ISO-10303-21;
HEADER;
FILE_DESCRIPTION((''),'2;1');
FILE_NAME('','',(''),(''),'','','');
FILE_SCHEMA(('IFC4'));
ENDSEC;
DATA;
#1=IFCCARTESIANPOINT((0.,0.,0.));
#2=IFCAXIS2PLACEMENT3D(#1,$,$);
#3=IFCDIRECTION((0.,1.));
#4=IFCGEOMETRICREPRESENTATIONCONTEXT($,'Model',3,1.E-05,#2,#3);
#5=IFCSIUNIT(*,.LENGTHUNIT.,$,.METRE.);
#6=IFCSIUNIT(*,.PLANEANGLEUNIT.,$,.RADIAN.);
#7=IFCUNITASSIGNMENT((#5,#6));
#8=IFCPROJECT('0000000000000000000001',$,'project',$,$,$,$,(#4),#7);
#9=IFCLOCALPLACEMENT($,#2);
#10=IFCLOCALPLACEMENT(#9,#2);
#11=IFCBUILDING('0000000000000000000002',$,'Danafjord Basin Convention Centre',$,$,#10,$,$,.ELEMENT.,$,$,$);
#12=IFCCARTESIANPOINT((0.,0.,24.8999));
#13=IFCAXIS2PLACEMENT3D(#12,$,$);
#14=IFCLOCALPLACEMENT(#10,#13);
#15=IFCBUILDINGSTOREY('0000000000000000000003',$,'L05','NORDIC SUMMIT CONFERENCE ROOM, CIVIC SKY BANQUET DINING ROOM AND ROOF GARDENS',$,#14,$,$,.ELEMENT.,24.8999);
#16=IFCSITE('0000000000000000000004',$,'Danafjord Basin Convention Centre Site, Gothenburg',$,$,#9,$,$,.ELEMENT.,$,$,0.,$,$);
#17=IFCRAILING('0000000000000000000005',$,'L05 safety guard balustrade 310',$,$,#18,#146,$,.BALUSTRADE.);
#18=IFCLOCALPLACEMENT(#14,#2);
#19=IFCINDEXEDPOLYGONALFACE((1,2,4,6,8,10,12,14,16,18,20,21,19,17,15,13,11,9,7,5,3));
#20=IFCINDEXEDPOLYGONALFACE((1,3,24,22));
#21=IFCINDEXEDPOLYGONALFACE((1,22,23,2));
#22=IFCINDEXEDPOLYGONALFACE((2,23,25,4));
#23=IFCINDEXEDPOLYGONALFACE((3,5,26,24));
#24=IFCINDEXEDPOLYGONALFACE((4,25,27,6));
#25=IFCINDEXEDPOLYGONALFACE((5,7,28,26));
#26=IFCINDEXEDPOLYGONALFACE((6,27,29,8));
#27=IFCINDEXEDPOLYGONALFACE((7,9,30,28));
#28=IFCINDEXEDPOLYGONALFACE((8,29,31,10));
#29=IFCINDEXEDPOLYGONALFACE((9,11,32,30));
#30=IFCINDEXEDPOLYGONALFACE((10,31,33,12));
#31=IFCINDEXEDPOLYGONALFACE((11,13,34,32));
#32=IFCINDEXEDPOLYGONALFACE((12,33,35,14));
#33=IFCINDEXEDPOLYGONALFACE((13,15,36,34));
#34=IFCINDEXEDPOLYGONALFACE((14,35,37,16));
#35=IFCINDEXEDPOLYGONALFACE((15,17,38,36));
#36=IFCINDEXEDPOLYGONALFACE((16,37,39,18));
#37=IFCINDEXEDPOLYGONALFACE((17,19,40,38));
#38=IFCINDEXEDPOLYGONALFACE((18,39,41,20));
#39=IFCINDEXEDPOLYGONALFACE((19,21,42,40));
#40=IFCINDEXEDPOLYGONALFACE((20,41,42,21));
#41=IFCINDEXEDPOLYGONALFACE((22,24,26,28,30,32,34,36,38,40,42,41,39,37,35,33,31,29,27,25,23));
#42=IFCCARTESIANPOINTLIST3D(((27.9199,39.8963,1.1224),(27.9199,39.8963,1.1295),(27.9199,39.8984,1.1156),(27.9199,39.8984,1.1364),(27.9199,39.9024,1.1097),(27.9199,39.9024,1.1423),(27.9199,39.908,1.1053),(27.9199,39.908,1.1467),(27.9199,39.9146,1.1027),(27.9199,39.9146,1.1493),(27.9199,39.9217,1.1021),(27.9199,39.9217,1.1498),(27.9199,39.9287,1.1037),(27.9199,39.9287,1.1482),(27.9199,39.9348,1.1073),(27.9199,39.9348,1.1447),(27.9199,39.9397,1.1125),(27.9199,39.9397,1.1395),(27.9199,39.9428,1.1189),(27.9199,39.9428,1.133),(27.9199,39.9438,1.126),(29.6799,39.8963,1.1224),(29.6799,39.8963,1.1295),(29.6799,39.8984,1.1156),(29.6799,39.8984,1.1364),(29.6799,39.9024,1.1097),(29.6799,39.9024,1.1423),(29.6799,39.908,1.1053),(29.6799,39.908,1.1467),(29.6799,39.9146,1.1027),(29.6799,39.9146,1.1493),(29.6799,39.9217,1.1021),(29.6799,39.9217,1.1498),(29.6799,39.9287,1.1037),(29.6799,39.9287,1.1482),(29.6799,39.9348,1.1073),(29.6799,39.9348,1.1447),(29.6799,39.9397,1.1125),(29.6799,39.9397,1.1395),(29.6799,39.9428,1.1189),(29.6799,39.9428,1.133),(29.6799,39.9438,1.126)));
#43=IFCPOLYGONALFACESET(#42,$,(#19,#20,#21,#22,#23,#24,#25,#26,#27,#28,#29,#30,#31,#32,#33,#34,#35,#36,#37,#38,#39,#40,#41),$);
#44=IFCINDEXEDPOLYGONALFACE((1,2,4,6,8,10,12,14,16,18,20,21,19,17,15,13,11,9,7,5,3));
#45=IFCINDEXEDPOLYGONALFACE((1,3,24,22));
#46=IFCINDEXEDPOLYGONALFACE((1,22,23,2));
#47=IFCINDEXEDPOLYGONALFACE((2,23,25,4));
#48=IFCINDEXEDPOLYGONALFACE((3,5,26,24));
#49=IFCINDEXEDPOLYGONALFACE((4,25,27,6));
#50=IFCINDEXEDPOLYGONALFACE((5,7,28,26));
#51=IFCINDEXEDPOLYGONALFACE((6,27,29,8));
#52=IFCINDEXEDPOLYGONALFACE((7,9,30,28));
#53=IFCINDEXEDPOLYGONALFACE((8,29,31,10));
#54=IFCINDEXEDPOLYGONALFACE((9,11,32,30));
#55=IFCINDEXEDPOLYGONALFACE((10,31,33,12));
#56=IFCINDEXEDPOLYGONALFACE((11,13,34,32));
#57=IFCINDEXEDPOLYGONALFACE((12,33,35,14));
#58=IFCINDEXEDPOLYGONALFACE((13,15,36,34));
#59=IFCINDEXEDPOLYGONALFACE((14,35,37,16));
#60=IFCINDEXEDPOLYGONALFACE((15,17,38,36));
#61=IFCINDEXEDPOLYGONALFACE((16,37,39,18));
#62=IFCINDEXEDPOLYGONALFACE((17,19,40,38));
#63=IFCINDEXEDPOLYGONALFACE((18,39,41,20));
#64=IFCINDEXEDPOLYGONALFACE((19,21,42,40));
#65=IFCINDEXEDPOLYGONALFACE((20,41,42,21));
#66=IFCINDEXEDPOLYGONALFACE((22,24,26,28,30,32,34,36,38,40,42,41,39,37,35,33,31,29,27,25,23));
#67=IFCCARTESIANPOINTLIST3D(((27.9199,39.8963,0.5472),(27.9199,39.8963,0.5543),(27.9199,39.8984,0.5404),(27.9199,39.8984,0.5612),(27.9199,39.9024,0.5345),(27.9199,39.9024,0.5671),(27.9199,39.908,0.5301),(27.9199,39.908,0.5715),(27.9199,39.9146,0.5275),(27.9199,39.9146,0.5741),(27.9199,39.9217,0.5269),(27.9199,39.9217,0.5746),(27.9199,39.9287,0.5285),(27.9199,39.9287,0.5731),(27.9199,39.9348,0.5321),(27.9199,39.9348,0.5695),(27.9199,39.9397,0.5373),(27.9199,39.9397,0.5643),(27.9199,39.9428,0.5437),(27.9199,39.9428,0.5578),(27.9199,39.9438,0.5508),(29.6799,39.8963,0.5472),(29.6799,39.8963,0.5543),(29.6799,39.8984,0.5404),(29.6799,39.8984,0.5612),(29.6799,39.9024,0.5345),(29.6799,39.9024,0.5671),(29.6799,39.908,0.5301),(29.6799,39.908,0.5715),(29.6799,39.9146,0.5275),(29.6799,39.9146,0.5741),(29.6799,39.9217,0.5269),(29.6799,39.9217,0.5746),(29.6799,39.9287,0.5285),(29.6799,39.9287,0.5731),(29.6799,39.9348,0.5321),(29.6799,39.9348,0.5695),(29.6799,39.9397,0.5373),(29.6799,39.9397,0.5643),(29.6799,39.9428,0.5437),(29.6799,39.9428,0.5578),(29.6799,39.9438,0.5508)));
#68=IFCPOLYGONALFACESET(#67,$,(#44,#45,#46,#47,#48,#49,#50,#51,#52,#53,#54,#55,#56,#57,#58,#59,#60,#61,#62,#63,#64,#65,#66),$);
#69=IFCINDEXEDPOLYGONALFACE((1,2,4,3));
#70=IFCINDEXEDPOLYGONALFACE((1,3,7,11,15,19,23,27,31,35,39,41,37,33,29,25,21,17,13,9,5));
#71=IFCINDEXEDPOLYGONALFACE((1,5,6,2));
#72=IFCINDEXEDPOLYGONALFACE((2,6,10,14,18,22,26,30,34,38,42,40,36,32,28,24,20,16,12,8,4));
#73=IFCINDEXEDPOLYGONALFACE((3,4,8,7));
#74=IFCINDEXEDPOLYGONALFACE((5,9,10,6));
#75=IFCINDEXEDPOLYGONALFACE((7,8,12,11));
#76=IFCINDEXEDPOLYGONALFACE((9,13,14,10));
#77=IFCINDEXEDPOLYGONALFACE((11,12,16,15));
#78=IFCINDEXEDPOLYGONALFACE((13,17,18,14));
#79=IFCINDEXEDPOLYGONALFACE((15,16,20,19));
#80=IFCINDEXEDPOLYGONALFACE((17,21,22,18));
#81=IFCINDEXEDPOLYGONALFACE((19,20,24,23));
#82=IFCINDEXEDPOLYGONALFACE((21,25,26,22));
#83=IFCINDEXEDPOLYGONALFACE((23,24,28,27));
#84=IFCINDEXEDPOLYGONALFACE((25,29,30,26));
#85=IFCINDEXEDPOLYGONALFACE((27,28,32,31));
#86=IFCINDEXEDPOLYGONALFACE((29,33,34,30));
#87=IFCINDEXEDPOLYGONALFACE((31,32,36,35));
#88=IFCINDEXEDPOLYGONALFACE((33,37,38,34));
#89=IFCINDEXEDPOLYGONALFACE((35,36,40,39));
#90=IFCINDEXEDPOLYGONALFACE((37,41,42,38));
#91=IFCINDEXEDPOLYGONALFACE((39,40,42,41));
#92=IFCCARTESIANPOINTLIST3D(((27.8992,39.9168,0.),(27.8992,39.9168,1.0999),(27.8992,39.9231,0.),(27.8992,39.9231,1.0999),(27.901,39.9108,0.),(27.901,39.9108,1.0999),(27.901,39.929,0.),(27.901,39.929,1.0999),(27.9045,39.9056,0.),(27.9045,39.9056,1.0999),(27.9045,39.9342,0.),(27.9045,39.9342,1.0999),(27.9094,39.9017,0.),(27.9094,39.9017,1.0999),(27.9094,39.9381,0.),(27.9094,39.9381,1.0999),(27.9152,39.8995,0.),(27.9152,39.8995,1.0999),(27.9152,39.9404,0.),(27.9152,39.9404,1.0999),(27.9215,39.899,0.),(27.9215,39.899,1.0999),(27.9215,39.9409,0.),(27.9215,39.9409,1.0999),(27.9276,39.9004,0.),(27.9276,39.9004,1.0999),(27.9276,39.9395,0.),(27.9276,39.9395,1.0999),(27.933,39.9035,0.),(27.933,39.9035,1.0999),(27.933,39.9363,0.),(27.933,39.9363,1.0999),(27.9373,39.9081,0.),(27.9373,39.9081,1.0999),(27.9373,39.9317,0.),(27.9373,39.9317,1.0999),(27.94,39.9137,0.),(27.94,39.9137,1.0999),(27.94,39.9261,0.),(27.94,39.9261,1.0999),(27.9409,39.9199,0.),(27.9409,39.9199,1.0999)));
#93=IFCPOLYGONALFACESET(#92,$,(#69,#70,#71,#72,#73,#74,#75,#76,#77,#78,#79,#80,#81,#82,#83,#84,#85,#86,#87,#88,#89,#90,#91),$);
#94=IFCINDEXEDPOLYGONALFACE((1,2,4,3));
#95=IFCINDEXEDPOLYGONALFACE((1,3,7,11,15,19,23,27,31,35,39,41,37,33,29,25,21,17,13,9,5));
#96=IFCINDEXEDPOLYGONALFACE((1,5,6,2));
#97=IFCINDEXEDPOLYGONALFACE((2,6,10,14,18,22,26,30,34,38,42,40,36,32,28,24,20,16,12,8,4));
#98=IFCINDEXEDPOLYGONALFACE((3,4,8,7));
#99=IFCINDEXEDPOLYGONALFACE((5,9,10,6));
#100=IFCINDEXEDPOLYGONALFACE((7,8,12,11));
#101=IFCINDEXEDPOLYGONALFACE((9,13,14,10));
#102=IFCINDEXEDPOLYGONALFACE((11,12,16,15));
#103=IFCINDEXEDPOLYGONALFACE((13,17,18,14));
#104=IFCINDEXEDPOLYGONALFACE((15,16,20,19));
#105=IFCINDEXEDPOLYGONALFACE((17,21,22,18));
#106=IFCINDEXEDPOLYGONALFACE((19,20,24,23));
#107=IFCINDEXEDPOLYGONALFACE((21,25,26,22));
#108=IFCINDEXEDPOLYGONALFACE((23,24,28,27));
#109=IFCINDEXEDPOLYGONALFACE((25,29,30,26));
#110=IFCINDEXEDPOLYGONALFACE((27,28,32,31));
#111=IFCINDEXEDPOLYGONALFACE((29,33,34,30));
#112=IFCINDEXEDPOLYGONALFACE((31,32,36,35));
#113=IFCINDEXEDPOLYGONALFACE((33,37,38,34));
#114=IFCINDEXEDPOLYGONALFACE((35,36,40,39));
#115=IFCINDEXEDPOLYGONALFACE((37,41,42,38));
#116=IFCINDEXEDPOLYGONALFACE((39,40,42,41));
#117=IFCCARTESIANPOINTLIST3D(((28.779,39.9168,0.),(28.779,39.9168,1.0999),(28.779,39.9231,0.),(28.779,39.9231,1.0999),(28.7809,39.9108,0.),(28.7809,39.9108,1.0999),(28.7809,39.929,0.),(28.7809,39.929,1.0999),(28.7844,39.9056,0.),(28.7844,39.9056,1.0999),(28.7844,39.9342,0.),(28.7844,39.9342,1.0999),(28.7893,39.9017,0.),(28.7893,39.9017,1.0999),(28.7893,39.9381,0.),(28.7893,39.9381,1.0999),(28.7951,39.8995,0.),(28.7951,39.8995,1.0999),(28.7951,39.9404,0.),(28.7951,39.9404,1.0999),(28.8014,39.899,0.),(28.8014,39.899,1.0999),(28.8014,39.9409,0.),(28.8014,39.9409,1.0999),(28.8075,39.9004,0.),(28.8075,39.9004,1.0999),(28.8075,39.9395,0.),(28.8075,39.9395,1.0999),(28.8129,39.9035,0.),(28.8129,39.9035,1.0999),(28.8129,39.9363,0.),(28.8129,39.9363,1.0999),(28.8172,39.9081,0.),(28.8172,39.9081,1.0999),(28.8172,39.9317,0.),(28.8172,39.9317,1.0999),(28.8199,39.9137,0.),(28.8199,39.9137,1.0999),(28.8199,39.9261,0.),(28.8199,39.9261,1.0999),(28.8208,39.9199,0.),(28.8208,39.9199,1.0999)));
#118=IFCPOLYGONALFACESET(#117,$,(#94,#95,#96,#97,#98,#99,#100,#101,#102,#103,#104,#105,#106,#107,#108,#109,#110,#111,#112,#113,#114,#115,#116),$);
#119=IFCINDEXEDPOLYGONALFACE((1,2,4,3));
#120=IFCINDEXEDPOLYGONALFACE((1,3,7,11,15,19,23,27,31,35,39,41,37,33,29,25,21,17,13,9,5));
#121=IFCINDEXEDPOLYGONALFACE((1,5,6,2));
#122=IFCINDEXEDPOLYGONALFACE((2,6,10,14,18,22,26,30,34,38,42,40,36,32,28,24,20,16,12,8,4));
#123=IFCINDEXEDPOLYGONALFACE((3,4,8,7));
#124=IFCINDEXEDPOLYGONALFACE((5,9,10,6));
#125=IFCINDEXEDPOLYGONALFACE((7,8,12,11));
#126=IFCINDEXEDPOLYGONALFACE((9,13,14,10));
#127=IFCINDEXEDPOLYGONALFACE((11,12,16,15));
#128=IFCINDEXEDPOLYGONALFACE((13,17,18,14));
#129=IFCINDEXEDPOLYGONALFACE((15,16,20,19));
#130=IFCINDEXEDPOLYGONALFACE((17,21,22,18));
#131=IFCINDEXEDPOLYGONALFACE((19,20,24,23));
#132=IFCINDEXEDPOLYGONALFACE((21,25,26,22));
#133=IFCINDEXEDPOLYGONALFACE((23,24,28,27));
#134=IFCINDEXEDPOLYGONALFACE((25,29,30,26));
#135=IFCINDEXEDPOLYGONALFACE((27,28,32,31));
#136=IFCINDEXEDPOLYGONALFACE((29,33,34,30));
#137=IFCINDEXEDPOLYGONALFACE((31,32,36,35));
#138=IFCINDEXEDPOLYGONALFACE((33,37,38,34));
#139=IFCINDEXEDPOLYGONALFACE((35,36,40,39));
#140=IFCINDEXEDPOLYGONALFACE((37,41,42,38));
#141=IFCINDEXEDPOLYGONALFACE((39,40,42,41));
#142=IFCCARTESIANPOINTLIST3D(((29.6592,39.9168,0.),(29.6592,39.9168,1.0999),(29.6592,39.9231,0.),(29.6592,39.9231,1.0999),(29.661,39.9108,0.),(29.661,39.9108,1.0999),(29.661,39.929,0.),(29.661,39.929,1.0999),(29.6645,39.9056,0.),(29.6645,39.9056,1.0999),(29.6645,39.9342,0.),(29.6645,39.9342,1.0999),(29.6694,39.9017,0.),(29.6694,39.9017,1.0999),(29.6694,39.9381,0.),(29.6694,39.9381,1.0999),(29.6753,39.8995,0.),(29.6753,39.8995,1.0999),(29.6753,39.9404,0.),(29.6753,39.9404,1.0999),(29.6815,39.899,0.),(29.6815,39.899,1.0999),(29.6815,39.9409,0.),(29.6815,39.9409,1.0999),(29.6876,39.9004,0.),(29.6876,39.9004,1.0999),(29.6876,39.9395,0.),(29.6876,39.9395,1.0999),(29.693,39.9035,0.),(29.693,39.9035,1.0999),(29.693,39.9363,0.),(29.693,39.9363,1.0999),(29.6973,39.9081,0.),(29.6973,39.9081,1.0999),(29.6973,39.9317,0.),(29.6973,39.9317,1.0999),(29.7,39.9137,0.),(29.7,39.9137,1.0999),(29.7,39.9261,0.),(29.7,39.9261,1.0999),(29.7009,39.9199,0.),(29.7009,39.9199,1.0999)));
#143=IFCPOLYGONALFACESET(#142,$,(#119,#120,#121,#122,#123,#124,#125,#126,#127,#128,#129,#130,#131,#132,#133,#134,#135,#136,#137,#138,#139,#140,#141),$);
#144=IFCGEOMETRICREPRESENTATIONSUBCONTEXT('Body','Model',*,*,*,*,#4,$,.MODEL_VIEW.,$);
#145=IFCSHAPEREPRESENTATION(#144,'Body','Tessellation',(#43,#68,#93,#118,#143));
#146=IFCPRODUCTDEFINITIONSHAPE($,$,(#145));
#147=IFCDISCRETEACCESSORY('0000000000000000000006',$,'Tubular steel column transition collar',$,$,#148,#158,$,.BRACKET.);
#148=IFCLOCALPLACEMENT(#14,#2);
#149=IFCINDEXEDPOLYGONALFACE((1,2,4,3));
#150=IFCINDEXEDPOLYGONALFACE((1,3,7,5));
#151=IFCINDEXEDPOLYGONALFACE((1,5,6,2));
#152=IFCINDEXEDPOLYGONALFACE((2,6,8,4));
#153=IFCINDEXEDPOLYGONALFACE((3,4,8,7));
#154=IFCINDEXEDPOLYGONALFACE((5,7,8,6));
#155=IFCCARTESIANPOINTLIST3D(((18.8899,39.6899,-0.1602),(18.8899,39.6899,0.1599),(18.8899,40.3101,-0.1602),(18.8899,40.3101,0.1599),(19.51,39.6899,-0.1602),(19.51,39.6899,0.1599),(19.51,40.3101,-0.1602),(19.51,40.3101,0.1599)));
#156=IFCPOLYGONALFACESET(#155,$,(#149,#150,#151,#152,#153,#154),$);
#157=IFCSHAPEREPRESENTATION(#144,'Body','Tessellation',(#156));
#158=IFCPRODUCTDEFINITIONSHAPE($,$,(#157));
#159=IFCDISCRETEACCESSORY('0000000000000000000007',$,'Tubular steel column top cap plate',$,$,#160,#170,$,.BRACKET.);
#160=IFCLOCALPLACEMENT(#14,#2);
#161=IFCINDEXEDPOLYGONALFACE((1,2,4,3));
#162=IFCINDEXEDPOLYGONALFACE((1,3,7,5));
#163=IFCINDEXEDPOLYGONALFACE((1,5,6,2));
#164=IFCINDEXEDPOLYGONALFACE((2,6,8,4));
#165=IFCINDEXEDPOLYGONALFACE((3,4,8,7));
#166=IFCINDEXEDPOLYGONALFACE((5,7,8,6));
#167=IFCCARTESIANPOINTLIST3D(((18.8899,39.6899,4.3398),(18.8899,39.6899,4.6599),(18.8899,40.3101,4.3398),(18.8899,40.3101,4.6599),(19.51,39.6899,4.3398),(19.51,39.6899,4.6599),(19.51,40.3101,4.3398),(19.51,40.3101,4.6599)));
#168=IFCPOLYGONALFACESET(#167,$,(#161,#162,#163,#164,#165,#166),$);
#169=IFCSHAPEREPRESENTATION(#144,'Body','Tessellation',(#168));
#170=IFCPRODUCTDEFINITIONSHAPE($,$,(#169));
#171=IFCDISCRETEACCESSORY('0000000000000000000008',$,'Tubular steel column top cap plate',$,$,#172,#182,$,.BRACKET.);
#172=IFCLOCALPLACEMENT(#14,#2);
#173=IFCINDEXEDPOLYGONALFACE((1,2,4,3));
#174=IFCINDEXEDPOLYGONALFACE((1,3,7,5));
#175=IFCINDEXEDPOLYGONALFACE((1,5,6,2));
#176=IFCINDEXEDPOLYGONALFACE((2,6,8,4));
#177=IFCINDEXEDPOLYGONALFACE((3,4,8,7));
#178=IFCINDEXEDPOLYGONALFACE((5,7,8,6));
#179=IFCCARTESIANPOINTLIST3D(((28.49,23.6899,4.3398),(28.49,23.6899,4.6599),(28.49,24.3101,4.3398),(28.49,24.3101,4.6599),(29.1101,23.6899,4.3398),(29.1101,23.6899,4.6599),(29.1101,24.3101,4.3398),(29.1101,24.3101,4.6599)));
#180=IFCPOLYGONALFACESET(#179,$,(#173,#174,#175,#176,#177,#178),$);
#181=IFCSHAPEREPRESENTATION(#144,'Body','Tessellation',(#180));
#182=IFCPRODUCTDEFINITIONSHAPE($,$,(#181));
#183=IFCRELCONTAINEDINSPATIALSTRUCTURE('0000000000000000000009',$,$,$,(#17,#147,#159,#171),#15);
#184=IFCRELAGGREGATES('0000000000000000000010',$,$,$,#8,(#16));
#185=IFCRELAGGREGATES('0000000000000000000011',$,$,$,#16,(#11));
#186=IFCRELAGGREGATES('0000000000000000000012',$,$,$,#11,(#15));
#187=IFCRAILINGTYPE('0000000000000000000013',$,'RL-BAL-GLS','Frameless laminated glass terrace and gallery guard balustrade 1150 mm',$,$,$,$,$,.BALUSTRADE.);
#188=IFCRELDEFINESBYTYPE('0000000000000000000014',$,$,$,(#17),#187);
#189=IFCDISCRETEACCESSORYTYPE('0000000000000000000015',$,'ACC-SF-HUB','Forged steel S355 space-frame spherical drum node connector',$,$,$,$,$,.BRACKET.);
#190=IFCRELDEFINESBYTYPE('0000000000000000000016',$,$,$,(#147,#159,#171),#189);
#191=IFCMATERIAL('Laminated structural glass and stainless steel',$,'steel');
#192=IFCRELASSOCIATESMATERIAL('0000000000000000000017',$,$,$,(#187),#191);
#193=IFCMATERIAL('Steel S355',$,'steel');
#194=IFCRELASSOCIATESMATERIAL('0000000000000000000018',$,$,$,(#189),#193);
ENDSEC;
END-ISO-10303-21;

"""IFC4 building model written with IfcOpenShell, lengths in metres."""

from ifc_helpers import new_model, si_unit, direction, frame, origin, origin_2d, place, context, subcontext, project, spatial, rectangle, circle, extrude, material, type_object, element, save


model = new_model("IFC4")

# Units and contexts
model_context = context("Model", 3, precision=1e-05, world=origin(), true_north=direction((0.0, 1.0)))
body_context = subcontext(model_context, "Body", "Model", "MODEL_VIEW")
ifc_project = project(units=[si_unit("LENGTHUNIT", "METRE"), si_unit("PLANEANGLEUNIT", "RADIAN")], contexts=[model_context])

# Site, building, storey
site_placement = place(None, origin())
site = spatial("IfcSite", under=ifc_project, at=site_placement, Name="Danafjord Basin Convention Centre Site, Gothenburg", CompositionType="ELEMENT", RefElevation=0.0)
building_placement = place(site_placement, origin())
building = spatial("IfcBuilding", under=site, at=building_placement, Name="Danafjord Basin Convention Centre", CompositionType="ELEMENT")
storey_placement = place(building_placement, frame((0.0, 0.0, 24.8999)))
storey = spatial("IfcBuildingStorey", under=building, at=storey_placement, Name="L05", Description="NORDIC SUMMIT CONFERENCE ROOM, CIVIC SKY BANQUET DINING ROOM AND ROOF GARDENS", CompositionType="ELEMENT", Elevation=24.8999)

# Shared definitions
ifc_material_1 = material(Name="Steel S355", Category="steel")

# Railing
ifc_material_2 = material(Name="Laminated structural glass and stainless steel", Category="steel")
railing_type = type_object("IfcRailingType", Name="RL-BAL-GLS", Description="Frameless laminated glass terrace and gallery guard balustrade 1150 mm", PredefinedType="BALUSTRADE", material=ifc_material_2)
railing_placement = place(storey_placement, frame((27.9199, 39.9199, 0.0)))
element("IfcRailing", 1, at=railing_placement, inside=storey, type_object=railing_type, Name="L05 safety guard balustrade 310", PredefinedType="BALUSTRADE", context=body_context, shape_type="SweptSolid", body=[
    extrude(circle(Radius=0.0239, at=origin_2d()), frame((0.0, 0.0, 1.126), z_axis=(1.0, 0.0, 0.0), x_axis=(0.0, 1.0, 0.0)), (0.0, 0.0, 1.0), 1.76),
    extrude(circle(Radius=0.0239, at=origin_2d()), frame((0.0, 0.0, 0.5508), z_axis=(1.0, 0.0, 0.0), x_axis=(0.0, 1.0, 0.0)), (0.0, 0.0, 1.0), 1.76),
    extrude(circle(Radius=0.021, at=origin_2d()), origin(), (0.0, 0.0, 1.0), 1.0999),
    extrude(circle(Radius=0.021, at=origin_2d()), frame((0.8799, 0.0, 0.0)), (0.0, 0.0, 1.0), 1.0999),
    extrude(circle(Radius=0.021, at=origin_2d()), frame((1.76, 0.0, 0.0)), (0.0, 0.0, 1.0), 1.0999),
])

# Discrete accessories
discrete_accessory_type = type_object("IfcDiscreteAccessoryType", Name="ACC-SF-HUB", Description="Forged steel S355 space-frame spherical drum node connector", PredefinedType="BRACKET", material=ifc_material_1)
for number, where, z_axis, x_axis, name in (
    (2, (19.2, 40.0, -0.1602), (0.0, 0.0, 1.0), (1.0, 0.0, 0.0), "Tubular steel column transition collar"),
    (3, (19.2, 40.0, 4.3398), (0.0, 0.0, 1.0), (1.0, 0.0, 0.0), "Tubular steel column top cap plate"),
    (4, (28.8, 24.0, 4.3398), (0.0, 0.0, 1.0), (1.0, 0.0, 0.0), "Tubular steel column top cap plate"),
):
    element("IfcDiscreteAccessory", number, at=place(storey_placement, frame(where, z_axis=z_axis, x_axis=x_axis)), inside=storey, type_object=discrete_accessory_type, Name=name, PredefinedType="BRACKET", context=body_context, shape_type="SweptSolid", body=[
        extrude(rectangle(XDim=0.6201, YDim=0.6201, at=origin_2d()), origin(), (0.0, 0.0, 1.0), 0.3201),
    ])

save(model, "model.ifc")
